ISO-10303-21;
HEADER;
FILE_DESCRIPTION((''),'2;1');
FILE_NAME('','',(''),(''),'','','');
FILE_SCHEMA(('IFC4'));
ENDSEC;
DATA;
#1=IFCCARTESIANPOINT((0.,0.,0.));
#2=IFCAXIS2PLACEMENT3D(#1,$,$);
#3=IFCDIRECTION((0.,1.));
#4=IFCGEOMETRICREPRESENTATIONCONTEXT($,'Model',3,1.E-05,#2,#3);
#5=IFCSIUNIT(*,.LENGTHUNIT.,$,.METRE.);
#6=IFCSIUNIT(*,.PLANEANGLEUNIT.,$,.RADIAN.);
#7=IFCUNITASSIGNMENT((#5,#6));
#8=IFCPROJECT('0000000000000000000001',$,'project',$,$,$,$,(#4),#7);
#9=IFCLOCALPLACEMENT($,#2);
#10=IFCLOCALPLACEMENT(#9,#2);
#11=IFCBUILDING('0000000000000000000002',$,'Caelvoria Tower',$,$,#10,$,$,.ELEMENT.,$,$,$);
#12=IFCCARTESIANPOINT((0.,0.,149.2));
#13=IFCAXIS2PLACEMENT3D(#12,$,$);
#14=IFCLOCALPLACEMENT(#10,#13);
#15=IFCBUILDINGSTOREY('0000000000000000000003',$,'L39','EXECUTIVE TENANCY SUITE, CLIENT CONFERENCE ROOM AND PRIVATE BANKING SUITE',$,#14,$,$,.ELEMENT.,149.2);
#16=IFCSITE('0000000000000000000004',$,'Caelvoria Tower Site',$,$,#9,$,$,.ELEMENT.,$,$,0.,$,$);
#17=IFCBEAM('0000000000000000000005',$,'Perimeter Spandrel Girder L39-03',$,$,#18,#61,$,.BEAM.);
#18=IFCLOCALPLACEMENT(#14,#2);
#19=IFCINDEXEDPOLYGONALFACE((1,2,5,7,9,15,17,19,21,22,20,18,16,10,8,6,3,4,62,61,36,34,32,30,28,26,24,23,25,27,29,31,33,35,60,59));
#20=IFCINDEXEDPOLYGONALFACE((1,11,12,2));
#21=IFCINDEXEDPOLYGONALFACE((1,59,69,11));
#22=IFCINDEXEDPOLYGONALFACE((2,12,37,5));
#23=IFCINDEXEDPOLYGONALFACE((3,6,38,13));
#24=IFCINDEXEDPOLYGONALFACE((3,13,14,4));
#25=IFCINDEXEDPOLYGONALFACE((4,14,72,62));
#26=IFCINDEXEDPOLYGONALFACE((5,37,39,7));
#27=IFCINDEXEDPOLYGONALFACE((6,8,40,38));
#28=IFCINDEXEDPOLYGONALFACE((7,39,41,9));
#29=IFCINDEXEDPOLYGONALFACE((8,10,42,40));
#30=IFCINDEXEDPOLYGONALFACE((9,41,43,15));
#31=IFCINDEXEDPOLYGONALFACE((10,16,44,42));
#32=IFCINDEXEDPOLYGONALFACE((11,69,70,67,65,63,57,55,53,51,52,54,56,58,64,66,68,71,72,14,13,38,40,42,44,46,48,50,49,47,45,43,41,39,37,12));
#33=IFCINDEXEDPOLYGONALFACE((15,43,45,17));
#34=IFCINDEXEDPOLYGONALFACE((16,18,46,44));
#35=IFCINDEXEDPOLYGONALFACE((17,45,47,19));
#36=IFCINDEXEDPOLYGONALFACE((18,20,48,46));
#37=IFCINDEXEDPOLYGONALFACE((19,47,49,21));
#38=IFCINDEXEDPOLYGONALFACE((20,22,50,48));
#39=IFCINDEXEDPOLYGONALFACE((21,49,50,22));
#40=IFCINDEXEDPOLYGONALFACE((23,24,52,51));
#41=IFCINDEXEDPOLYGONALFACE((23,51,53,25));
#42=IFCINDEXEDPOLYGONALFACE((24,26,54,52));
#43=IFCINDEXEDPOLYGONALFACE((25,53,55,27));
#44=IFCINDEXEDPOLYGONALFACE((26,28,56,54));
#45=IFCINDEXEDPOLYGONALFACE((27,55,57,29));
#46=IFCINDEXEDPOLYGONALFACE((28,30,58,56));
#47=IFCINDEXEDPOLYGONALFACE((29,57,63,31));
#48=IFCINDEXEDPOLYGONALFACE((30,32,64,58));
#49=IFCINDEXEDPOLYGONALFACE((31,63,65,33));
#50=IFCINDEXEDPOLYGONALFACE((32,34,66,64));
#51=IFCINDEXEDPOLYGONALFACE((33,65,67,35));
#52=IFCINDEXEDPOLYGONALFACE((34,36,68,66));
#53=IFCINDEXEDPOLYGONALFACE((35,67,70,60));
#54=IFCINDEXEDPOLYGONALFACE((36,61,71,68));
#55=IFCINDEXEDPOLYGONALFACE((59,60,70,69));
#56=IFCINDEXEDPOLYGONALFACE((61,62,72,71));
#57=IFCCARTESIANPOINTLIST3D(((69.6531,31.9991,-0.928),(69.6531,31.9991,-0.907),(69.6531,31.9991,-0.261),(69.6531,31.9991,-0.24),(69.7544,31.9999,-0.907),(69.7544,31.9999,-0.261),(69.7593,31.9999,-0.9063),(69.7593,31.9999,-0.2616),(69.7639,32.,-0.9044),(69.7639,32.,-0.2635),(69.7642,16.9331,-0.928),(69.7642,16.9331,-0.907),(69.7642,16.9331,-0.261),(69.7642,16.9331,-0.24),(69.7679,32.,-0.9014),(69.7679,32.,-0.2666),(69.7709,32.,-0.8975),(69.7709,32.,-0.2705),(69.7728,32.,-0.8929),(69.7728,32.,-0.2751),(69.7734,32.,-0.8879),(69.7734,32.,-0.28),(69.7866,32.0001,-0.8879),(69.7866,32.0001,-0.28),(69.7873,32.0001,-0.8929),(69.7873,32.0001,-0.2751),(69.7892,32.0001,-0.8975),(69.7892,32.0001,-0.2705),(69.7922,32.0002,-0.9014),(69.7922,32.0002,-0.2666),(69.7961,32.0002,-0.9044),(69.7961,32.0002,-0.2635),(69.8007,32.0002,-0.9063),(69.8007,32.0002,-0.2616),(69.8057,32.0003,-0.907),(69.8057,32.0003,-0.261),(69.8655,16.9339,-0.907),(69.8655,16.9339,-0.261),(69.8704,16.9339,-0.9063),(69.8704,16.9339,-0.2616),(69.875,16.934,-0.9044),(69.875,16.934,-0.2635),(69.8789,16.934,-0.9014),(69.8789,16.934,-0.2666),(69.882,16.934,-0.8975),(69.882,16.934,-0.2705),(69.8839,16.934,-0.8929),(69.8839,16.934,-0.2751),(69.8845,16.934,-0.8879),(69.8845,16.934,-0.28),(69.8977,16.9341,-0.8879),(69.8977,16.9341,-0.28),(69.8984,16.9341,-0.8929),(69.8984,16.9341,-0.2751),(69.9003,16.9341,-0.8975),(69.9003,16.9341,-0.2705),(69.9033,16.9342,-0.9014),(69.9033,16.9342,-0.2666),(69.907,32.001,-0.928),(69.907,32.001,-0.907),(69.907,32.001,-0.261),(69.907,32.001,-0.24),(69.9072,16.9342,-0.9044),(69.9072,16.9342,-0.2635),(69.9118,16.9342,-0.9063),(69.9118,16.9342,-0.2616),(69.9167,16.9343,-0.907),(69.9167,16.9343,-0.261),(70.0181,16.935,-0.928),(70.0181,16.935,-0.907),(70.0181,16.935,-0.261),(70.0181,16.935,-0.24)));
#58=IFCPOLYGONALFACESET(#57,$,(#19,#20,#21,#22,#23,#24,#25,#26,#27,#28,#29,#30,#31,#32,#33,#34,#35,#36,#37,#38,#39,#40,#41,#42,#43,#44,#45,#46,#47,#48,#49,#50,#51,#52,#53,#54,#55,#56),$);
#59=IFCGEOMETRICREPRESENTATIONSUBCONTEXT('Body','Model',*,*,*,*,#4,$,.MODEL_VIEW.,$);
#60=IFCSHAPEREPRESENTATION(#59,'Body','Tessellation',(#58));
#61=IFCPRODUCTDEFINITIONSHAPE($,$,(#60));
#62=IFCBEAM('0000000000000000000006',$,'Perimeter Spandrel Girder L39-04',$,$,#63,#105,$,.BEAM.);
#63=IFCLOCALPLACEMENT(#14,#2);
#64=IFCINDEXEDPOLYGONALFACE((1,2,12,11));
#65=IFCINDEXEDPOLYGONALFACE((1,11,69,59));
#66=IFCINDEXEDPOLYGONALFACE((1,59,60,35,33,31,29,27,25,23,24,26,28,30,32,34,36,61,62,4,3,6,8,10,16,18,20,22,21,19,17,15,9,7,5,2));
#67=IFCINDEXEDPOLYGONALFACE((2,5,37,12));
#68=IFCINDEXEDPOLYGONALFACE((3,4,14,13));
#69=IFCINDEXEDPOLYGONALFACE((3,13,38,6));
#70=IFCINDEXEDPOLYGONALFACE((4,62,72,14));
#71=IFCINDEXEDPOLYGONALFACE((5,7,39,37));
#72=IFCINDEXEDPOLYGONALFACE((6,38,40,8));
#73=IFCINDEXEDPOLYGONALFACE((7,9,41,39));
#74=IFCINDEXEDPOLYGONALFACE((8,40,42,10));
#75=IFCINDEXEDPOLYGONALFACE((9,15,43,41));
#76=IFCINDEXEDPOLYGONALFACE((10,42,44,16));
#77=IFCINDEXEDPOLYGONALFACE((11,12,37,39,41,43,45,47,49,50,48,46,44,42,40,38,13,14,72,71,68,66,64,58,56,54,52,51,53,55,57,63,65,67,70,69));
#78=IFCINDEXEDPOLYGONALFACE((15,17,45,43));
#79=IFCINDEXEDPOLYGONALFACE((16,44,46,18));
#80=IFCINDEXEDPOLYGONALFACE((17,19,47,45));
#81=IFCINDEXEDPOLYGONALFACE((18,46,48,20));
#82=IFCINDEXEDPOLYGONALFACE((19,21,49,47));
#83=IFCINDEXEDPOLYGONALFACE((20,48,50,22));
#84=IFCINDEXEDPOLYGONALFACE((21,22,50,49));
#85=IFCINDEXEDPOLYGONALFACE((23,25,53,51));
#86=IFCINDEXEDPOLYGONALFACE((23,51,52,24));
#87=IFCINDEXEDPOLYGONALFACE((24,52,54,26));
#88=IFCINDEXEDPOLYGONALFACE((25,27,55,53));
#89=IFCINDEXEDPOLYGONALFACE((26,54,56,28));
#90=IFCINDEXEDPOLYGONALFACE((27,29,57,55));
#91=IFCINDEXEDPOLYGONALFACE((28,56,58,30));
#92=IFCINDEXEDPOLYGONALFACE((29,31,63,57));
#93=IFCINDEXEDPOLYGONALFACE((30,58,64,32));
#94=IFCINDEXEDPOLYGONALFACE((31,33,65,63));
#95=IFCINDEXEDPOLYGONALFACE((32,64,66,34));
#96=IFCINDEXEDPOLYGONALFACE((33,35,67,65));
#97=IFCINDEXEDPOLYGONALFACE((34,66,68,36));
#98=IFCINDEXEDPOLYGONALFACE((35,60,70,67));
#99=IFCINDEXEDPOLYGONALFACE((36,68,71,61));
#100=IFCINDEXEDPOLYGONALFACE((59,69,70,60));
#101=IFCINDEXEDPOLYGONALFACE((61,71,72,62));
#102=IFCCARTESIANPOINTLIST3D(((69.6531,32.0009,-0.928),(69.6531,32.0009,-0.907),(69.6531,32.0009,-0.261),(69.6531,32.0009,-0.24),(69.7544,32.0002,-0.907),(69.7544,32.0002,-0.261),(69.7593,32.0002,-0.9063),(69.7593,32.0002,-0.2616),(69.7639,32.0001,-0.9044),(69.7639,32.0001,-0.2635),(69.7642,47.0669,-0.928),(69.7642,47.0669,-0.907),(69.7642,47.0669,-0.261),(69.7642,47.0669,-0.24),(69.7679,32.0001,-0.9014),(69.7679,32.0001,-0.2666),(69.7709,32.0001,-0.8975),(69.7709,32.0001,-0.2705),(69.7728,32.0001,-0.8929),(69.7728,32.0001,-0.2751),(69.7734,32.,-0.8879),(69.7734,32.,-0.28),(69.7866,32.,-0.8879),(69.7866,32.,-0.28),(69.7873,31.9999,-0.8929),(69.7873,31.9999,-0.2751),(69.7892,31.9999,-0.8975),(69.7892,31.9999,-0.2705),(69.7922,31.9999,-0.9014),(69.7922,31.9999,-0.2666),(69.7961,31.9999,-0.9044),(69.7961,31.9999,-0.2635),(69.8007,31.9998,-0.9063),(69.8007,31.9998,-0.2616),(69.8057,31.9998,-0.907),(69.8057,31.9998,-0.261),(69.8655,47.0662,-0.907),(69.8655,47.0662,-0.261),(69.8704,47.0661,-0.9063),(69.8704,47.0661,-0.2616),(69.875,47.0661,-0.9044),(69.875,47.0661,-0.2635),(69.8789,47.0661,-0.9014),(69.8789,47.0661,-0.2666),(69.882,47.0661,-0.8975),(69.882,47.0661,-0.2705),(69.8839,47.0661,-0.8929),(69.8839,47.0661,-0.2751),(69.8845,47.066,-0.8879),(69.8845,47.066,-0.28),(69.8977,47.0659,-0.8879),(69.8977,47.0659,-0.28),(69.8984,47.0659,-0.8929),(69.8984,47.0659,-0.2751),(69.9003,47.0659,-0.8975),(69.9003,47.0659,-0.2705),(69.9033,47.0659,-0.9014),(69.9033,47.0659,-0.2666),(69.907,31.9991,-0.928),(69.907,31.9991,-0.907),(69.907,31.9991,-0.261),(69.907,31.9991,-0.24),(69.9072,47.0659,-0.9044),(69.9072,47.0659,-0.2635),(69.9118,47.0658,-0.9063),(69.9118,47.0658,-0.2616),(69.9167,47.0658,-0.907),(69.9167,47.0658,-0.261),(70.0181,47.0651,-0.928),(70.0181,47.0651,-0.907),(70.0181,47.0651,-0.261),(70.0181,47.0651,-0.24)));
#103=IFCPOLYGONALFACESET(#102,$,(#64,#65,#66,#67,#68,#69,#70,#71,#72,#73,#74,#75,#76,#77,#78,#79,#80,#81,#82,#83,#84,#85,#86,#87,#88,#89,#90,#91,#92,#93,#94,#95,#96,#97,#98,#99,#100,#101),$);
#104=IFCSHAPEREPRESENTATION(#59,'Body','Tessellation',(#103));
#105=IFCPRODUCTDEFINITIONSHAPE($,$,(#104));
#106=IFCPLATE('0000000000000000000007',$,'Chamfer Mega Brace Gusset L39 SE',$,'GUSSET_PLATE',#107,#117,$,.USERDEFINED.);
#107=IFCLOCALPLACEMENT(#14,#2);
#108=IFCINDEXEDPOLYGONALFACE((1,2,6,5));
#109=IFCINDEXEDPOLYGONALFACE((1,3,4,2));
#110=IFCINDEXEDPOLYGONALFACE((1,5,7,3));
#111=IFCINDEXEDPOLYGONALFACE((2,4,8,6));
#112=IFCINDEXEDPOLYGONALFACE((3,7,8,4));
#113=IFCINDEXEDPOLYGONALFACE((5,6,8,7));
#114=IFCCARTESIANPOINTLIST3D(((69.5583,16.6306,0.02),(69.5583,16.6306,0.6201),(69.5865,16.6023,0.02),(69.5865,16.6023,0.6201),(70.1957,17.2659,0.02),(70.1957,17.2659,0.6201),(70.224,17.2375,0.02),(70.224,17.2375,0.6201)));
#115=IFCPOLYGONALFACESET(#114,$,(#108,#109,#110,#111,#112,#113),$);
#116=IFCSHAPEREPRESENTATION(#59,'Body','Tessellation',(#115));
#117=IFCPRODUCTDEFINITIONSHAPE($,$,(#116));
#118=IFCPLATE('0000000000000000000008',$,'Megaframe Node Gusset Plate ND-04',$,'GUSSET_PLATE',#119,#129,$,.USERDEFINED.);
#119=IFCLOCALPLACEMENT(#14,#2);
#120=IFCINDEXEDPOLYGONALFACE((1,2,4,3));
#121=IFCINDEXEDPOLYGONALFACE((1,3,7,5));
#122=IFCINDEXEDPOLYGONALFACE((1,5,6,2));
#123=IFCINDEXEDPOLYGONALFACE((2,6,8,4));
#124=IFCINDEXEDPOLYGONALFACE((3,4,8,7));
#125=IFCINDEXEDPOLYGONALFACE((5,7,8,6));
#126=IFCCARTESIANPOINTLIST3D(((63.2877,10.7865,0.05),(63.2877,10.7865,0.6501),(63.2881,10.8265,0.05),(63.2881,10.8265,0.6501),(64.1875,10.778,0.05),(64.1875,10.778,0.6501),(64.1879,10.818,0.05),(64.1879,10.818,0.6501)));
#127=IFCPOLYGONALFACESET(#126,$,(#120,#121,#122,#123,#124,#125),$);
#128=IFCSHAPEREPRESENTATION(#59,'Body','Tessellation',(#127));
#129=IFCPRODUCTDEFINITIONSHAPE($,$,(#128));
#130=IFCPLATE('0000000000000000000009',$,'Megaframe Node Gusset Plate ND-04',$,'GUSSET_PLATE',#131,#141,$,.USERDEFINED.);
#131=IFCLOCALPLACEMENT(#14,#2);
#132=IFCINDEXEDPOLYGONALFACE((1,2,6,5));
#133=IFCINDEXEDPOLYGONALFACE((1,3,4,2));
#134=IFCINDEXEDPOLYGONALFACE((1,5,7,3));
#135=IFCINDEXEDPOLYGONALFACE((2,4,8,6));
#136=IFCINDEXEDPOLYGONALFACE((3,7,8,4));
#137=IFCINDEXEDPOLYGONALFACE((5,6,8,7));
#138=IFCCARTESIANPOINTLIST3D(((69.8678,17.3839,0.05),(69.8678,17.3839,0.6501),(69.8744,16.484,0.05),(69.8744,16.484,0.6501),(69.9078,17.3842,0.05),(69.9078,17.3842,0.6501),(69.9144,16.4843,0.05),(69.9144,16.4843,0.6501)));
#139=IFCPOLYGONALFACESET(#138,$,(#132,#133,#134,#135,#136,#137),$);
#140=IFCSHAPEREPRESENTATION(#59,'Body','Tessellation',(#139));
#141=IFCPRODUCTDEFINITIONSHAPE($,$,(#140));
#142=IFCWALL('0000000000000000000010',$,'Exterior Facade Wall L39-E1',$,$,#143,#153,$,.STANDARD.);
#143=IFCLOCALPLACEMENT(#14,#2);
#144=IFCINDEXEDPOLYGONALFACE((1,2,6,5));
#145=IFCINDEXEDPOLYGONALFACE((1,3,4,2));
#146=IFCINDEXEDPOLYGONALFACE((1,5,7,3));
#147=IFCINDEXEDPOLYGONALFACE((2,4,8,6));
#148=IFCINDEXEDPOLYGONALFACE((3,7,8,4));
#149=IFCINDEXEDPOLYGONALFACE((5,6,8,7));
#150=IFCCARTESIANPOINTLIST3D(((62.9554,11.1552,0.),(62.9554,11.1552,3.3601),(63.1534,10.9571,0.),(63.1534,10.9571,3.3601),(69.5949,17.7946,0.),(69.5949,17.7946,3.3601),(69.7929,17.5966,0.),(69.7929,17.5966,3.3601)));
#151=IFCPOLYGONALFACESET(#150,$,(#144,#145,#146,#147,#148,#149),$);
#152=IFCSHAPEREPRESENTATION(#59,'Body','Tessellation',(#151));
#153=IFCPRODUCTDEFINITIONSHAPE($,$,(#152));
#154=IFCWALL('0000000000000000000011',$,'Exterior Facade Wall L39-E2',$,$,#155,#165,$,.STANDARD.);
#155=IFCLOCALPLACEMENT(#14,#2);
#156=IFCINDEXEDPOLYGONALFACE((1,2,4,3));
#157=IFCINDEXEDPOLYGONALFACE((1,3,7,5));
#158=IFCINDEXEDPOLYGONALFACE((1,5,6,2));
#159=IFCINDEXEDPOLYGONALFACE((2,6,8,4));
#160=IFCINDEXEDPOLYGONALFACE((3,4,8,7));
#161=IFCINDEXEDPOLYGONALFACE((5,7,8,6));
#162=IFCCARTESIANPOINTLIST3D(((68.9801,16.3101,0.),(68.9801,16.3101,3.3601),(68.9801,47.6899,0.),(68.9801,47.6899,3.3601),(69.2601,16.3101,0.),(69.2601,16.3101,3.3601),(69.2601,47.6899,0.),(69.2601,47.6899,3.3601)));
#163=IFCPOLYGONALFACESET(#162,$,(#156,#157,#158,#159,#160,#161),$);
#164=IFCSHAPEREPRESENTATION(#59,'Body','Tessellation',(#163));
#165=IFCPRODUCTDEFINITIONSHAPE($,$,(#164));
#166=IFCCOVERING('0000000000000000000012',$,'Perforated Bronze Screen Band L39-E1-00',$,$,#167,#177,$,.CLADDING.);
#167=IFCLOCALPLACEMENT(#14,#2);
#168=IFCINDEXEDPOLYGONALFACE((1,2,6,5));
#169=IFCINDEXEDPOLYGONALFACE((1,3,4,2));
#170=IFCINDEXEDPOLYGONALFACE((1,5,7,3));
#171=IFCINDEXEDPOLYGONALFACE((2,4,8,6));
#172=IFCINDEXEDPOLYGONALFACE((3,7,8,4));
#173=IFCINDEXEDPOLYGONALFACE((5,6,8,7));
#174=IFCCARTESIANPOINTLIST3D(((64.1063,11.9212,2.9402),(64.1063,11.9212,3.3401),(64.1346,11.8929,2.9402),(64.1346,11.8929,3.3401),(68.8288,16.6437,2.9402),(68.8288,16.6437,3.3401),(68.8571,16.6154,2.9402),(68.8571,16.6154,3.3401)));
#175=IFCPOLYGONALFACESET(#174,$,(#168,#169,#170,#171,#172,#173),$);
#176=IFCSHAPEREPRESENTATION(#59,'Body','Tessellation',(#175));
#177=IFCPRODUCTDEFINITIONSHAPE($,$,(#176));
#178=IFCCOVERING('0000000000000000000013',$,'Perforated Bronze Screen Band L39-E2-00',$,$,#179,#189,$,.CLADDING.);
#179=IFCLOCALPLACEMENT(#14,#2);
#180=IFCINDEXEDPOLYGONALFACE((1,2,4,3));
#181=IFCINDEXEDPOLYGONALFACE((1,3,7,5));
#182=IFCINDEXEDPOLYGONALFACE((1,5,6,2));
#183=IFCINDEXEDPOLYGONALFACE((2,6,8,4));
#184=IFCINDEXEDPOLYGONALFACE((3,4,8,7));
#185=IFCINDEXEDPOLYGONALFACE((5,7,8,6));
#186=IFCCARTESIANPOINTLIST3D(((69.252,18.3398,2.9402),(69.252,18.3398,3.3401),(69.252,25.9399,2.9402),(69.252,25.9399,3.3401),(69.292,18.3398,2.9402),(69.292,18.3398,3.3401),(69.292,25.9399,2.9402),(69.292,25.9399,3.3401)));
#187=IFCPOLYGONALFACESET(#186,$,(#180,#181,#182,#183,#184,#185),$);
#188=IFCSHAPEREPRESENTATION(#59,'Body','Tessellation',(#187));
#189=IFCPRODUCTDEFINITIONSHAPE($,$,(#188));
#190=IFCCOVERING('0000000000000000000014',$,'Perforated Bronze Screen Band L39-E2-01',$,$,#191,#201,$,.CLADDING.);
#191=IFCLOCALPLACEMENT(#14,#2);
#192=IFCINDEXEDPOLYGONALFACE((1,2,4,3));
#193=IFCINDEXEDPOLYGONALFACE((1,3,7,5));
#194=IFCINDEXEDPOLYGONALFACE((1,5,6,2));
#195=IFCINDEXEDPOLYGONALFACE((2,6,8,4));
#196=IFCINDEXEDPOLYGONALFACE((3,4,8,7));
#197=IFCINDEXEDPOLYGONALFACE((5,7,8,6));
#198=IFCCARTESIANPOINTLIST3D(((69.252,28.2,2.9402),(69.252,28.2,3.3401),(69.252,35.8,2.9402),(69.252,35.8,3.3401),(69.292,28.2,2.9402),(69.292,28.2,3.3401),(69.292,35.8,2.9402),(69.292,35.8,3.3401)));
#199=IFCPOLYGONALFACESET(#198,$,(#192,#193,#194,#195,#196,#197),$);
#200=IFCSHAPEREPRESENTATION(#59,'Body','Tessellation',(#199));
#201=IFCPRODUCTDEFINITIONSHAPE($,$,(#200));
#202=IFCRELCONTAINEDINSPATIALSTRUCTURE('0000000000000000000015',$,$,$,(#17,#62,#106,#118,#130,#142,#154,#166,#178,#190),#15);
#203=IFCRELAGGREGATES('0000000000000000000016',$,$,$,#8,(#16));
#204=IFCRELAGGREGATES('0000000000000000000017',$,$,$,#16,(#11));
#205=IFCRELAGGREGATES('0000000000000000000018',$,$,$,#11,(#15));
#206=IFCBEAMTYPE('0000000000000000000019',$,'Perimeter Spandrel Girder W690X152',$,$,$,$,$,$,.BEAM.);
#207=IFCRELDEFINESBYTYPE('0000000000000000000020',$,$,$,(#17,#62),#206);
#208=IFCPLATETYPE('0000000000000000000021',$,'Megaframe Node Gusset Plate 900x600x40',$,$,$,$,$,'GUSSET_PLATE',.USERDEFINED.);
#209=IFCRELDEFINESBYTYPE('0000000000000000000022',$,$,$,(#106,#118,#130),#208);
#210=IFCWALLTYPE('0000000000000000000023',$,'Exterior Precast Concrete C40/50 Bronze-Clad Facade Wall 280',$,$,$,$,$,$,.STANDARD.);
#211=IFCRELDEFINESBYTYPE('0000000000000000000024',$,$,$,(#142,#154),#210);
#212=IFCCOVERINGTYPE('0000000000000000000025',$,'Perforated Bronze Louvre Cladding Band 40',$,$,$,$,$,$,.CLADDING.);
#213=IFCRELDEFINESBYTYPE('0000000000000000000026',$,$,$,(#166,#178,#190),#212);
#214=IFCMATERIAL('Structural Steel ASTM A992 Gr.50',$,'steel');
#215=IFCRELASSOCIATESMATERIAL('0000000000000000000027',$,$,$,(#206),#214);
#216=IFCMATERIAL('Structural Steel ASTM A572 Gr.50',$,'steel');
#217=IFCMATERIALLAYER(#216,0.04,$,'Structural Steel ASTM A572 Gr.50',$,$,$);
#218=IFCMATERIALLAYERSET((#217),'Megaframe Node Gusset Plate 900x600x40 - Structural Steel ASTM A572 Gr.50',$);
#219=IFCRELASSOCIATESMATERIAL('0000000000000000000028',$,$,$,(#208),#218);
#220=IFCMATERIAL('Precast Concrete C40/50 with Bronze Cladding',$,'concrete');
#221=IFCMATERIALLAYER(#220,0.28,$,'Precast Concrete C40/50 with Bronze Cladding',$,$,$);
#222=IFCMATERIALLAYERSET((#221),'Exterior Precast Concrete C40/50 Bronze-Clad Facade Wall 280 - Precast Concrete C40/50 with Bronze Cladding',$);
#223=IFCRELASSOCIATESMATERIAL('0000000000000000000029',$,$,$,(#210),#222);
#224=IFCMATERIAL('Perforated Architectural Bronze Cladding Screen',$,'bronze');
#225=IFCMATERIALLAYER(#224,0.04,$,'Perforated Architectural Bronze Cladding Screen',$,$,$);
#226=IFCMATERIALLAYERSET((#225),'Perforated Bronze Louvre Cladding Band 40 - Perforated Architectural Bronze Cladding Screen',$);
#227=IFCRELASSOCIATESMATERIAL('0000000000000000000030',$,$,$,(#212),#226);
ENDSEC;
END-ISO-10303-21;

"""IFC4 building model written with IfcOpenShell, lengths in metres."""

from ifc_helpers import new_model, si_unit, direction, frame, frame_2d, origin, origin_2d, place, context, subcontext, project, spatial, rectangle, i_section, extrude, material, layer, layer_set, material_profile, profile_set, type_object, element, save


model = new_model("IFC4")

# Units and contexts
model_context = context("Model", 3, precision=1e-05, world=origin(), true_north=direction((0.0, 1.0)))
body_context = subcontext(model_context, "Body", "Model", "MODEL_VIEW")
ifc_project = project(units=[si_unit("LENGTHUNIT", "METRE"), si_unit("PLANEANGLEUNIT", "RADIAN")], contexts=[model_context])

# Site, building, storey
site_placement = place(None, origin())
site = spatial("IfcSite", under=ifc_project, at=site_placement, Name="Caelvoria Tower Site", CompositionType="ELEMENT", RefElevation=0.0)
building_placement = place(site_placement, origin())
building = spatial("IfcBuilding", under=site, at=building_placement, Name="Caelvoria Tower", CompositionType="ELEMENT")
storey_placement = place(building_placement, frame((0.0, 0.0, 149.2)))
storey = spatial("IfcBuildingStorey", under=building, at=storey_placement, Name="L39", Description="EXECUTIVE TENANCY SUITE, CLIENT CONFERENCE ROOM AND PRIVATE BANKING SUITE", CompositionType="ELEMENT", Elevation=149.2)

# Shared definitions
ifc_material_1 = material(Name="Structural Steel ASTM A572 Gr.50", Category="steel")
ifc_material_2 = material(Name="Structural Steel ASTM A992 Gr.50", Category="steel")

# Beams
ifc_material_profile_1 = material_profile(ifc_material_2, i_section(OverallWidth=0.2539, OverallDepth=0.688, WebThickness=0.0132, FlangeThickness=0.021, FilletRadius=0.019, at=origin_2d()), Name="Structural Steel ASTM A992 Gr.50")
ifc_profile_set_1 = profile_set([ifc_material_profile_1], Name="W690X152 - Structural Steel ASTM A992 Gr.50")
beam_type = type_object("IfcBeamType", Name="Perimeter Spandrel Girder W690X152", PredefinedType="BEAM", material=ifc_profile_set_1)
for number, where, z_axis, x_axis, name in (
    (1, (69.8911, 16.9341, -0.584), (-0.007373, 0.999973, 0.0), (-0.999973, -0.007373, 0.0), "Perimeter Spandrel Girder L39-03"),
    (2, (69.78, 32.0, -0.584), (0.007373, 0.999973, 0.0), (-0.999973, 0.007373, 0.0), "Perimeter Spandrel Girder L39-04"),
):
    element("IfcBeam", number, at=place(storey_placement, frame(where, z_axis=z_axis, x_axis=x_axis)), inside=storey, type_object=beam_type, Name=name, PredefinedType="BEAM", context=body_context, shape_type="SweptSolid", body=[
        extrude(i_section(OverallWidth=0.2539, OverallDepth=0.688, WebThickness=0.0132, FlangeThickness=0.021, FilletRadius=0.019, at=origin_2d()), origin(), (0.0, 0.0, 1.0), 15.0664),
    ])

# Plates
ifc_layer_1 = layer(ifc_material_1, 0.04, Name="Structural Steel ASTM A572 Gr.50")
ifc_layer_set_1 = layer_set([ifc_layer_1], Name="Megaframe Node Gusset Plate 900x600x40 - Structural Steel ASTM A572 Gr.50")
plate_type = type_object("IfcPlateType", Name="Megaframe Node Gusset Plate 900x600x40", ElementType="GUSSET_PLATE", PredefinedType="USERDEFINED", material=ifc_layer_set_1)
for number, where, z_axis, x_axis, name in (
    (3, (69.8911, 16.9341, 0.02), (0.0, 0.0, 1.0), (-0.708326, -0.705885, 0.0), "Chamfer Mega Brace Gusset L39 SE"),
    (4, (63.7378, 10.8022, 0.05), (0.0, 0.0, 1.0), (-0.999955, 0.00946, 0.0), "Megaframe Node Gusset Plate ND-04"),
    (5, (69.8911, 16.9341, 0.05), (0.0, 0.0, 1.0), (-0.007367, 0.999973, 0.0), "Megaframe Node Gusset Plate ND-04"),
):
    element("IfcPlate", number, at=place(storey_placement, frame(where, z_axis=z_axis, x_axis=x_axis)), inside=storey, type_object=plate_type, Name=name, ObjectType="GUSSET_PLATE", PredefinedType="USERDEFINED", context=body_context, shape_type="SweptSolid", body=[
        extrude(rectangle(XDim=0.8999, YDim=0.04, at=origin_2d()), origin(), (0.0, 0.0, 1.0), 0.6001),
    ])

# Walls
ifc_material_3 = material(Name="Precast Concrete C40/50 with Bronze Cladding", Category="concrete")
ifc_layer_2 = layer(ifc_material_3, 0.28, Name="Precast Concrete C40/50 with Bronze Cladding")
ifc_layer_set_2 = layer_set([ifc_layer_2], Name="Exterior Precast Concrete C40/50 Bronze-Clad Facade Wall 280 - Precast Concrete C40/50 with Bronze Cladding")
wall_type = type_object("IfcWallType", Name="Exterior Precast Concrete C40/50 Bronze-Clad Facade Wall 280", PredefinedType="STANDARD", material=ifc_layer_set_2)
wall_1_placement = place(storey_placement, frame((63.0544, 11.0562, 0.0), z_axis=(0.0, 0.0, 1.0), x_axis=(0.707107, 0.707107, 0.0)))
element("IfcWall", 6, at=wall_1_placement, inside=storey, type_object=wall_type, Name="Exterior Facade Wall L39-E1", PredefinedType="STANDARD", context=body_context, shape_type="SweptSolid", body=[
    extrude(rectangle(XDim=9.3896, YDim=0.28, at=frame_2d((4.6948, 0.0))), origin(), (0.0, 0.0, 1.0), 3.3601),
])
wall_2_placement = place(storey_placement, frame((69.1201, 16.3101, 0.0), z_axis=(0.0, 0.0, 1.0), x_axis=(0.0, 1.0, 0.0)))
element("IfcWall", 7, at=wall_2_placement, inside=storey, type_object=wall_type, Name="Exterior Facade Wall L39-E2", PredefinedType="STANDARD", context=body_context, shape_type="SweptSolid", body=[
    extrude(rectangle(XDim=31.3799, YDim=0.28, at=frame_2d((15.6899, 0.0))), origin(), (0.0, 0.0, 1.0), 3.3601),
])

# Coverings
ifc_material_4 = material(Name="Perforated Architectural Bronze Cladding Screen", Category="bronze")
ifc_layer_3 = layer(ifc_material_4, 0.04, Name="Perforated Architectural Bronze Cladding Screen")
ifc_layer_set_3 = layer_set([ifc_layer_3], Name="Perforated Bronze Louvre Cladding Band 40 - Perforated Architectural Bronze Cladding Screen")
covering_type = type_object("IfcCoveringType", Name="Perforated Bronze Louvre Cladding Band 40", PredefinedType="CLADDING", material=ifc_layer_set_3)
covering_placement = place(storey_placement, frame((66.4817, 14.2683, 2.9402), z_axis=(0.0, 0.0, 1.0), x_axis=(0.707107, 0.707107, 0.0)))
element("IfcCovering", 8, at=covering_placement, inside=storey, type_object=covering_type, Name="Perforated Bronze Screen Band L39-E1-00", PredefinedType="CLADDING", context=body_context, shape_type="SweptSolid", body=[
    extrude(rectangle(XDim=6.6787, YDim=0.04, at=origin_2d()), origin(), (0.0, 0.0, 1.0), 0.3999),
])
for number, where, z_axis, x_axis, name in (
    (9, (69.272, 22.1399, 2.9402), (0.0, 0.0, 1.0), (0.0, 1.0, 0.0), "Perforated Bronze Screen Band L39-E2-00"),
    (10, (69.272, 32.0, 2.9402), (0.0, 0.0, 1.0), (0.0, 1.0, 0.0), "Perforated Bronze Screen Band L39-E2-01"),
):
    element("IfcCovering", number, at=place(storey_placement, frame(where, z_axis=z_axis, x_axis=x_axis)), inside=storey, type_object=covering_type, Name=name, PredefinedType="CLADDING", context=body_context, shape_type="SweptSolid", body=[
        extrude(rectangle(XDim=7.6001, YDim=0.04, at=origin_2d()), origin(), (0.0, 0.0, 1.0), 0.3999),
    ])

save(model, "model.ifc")
